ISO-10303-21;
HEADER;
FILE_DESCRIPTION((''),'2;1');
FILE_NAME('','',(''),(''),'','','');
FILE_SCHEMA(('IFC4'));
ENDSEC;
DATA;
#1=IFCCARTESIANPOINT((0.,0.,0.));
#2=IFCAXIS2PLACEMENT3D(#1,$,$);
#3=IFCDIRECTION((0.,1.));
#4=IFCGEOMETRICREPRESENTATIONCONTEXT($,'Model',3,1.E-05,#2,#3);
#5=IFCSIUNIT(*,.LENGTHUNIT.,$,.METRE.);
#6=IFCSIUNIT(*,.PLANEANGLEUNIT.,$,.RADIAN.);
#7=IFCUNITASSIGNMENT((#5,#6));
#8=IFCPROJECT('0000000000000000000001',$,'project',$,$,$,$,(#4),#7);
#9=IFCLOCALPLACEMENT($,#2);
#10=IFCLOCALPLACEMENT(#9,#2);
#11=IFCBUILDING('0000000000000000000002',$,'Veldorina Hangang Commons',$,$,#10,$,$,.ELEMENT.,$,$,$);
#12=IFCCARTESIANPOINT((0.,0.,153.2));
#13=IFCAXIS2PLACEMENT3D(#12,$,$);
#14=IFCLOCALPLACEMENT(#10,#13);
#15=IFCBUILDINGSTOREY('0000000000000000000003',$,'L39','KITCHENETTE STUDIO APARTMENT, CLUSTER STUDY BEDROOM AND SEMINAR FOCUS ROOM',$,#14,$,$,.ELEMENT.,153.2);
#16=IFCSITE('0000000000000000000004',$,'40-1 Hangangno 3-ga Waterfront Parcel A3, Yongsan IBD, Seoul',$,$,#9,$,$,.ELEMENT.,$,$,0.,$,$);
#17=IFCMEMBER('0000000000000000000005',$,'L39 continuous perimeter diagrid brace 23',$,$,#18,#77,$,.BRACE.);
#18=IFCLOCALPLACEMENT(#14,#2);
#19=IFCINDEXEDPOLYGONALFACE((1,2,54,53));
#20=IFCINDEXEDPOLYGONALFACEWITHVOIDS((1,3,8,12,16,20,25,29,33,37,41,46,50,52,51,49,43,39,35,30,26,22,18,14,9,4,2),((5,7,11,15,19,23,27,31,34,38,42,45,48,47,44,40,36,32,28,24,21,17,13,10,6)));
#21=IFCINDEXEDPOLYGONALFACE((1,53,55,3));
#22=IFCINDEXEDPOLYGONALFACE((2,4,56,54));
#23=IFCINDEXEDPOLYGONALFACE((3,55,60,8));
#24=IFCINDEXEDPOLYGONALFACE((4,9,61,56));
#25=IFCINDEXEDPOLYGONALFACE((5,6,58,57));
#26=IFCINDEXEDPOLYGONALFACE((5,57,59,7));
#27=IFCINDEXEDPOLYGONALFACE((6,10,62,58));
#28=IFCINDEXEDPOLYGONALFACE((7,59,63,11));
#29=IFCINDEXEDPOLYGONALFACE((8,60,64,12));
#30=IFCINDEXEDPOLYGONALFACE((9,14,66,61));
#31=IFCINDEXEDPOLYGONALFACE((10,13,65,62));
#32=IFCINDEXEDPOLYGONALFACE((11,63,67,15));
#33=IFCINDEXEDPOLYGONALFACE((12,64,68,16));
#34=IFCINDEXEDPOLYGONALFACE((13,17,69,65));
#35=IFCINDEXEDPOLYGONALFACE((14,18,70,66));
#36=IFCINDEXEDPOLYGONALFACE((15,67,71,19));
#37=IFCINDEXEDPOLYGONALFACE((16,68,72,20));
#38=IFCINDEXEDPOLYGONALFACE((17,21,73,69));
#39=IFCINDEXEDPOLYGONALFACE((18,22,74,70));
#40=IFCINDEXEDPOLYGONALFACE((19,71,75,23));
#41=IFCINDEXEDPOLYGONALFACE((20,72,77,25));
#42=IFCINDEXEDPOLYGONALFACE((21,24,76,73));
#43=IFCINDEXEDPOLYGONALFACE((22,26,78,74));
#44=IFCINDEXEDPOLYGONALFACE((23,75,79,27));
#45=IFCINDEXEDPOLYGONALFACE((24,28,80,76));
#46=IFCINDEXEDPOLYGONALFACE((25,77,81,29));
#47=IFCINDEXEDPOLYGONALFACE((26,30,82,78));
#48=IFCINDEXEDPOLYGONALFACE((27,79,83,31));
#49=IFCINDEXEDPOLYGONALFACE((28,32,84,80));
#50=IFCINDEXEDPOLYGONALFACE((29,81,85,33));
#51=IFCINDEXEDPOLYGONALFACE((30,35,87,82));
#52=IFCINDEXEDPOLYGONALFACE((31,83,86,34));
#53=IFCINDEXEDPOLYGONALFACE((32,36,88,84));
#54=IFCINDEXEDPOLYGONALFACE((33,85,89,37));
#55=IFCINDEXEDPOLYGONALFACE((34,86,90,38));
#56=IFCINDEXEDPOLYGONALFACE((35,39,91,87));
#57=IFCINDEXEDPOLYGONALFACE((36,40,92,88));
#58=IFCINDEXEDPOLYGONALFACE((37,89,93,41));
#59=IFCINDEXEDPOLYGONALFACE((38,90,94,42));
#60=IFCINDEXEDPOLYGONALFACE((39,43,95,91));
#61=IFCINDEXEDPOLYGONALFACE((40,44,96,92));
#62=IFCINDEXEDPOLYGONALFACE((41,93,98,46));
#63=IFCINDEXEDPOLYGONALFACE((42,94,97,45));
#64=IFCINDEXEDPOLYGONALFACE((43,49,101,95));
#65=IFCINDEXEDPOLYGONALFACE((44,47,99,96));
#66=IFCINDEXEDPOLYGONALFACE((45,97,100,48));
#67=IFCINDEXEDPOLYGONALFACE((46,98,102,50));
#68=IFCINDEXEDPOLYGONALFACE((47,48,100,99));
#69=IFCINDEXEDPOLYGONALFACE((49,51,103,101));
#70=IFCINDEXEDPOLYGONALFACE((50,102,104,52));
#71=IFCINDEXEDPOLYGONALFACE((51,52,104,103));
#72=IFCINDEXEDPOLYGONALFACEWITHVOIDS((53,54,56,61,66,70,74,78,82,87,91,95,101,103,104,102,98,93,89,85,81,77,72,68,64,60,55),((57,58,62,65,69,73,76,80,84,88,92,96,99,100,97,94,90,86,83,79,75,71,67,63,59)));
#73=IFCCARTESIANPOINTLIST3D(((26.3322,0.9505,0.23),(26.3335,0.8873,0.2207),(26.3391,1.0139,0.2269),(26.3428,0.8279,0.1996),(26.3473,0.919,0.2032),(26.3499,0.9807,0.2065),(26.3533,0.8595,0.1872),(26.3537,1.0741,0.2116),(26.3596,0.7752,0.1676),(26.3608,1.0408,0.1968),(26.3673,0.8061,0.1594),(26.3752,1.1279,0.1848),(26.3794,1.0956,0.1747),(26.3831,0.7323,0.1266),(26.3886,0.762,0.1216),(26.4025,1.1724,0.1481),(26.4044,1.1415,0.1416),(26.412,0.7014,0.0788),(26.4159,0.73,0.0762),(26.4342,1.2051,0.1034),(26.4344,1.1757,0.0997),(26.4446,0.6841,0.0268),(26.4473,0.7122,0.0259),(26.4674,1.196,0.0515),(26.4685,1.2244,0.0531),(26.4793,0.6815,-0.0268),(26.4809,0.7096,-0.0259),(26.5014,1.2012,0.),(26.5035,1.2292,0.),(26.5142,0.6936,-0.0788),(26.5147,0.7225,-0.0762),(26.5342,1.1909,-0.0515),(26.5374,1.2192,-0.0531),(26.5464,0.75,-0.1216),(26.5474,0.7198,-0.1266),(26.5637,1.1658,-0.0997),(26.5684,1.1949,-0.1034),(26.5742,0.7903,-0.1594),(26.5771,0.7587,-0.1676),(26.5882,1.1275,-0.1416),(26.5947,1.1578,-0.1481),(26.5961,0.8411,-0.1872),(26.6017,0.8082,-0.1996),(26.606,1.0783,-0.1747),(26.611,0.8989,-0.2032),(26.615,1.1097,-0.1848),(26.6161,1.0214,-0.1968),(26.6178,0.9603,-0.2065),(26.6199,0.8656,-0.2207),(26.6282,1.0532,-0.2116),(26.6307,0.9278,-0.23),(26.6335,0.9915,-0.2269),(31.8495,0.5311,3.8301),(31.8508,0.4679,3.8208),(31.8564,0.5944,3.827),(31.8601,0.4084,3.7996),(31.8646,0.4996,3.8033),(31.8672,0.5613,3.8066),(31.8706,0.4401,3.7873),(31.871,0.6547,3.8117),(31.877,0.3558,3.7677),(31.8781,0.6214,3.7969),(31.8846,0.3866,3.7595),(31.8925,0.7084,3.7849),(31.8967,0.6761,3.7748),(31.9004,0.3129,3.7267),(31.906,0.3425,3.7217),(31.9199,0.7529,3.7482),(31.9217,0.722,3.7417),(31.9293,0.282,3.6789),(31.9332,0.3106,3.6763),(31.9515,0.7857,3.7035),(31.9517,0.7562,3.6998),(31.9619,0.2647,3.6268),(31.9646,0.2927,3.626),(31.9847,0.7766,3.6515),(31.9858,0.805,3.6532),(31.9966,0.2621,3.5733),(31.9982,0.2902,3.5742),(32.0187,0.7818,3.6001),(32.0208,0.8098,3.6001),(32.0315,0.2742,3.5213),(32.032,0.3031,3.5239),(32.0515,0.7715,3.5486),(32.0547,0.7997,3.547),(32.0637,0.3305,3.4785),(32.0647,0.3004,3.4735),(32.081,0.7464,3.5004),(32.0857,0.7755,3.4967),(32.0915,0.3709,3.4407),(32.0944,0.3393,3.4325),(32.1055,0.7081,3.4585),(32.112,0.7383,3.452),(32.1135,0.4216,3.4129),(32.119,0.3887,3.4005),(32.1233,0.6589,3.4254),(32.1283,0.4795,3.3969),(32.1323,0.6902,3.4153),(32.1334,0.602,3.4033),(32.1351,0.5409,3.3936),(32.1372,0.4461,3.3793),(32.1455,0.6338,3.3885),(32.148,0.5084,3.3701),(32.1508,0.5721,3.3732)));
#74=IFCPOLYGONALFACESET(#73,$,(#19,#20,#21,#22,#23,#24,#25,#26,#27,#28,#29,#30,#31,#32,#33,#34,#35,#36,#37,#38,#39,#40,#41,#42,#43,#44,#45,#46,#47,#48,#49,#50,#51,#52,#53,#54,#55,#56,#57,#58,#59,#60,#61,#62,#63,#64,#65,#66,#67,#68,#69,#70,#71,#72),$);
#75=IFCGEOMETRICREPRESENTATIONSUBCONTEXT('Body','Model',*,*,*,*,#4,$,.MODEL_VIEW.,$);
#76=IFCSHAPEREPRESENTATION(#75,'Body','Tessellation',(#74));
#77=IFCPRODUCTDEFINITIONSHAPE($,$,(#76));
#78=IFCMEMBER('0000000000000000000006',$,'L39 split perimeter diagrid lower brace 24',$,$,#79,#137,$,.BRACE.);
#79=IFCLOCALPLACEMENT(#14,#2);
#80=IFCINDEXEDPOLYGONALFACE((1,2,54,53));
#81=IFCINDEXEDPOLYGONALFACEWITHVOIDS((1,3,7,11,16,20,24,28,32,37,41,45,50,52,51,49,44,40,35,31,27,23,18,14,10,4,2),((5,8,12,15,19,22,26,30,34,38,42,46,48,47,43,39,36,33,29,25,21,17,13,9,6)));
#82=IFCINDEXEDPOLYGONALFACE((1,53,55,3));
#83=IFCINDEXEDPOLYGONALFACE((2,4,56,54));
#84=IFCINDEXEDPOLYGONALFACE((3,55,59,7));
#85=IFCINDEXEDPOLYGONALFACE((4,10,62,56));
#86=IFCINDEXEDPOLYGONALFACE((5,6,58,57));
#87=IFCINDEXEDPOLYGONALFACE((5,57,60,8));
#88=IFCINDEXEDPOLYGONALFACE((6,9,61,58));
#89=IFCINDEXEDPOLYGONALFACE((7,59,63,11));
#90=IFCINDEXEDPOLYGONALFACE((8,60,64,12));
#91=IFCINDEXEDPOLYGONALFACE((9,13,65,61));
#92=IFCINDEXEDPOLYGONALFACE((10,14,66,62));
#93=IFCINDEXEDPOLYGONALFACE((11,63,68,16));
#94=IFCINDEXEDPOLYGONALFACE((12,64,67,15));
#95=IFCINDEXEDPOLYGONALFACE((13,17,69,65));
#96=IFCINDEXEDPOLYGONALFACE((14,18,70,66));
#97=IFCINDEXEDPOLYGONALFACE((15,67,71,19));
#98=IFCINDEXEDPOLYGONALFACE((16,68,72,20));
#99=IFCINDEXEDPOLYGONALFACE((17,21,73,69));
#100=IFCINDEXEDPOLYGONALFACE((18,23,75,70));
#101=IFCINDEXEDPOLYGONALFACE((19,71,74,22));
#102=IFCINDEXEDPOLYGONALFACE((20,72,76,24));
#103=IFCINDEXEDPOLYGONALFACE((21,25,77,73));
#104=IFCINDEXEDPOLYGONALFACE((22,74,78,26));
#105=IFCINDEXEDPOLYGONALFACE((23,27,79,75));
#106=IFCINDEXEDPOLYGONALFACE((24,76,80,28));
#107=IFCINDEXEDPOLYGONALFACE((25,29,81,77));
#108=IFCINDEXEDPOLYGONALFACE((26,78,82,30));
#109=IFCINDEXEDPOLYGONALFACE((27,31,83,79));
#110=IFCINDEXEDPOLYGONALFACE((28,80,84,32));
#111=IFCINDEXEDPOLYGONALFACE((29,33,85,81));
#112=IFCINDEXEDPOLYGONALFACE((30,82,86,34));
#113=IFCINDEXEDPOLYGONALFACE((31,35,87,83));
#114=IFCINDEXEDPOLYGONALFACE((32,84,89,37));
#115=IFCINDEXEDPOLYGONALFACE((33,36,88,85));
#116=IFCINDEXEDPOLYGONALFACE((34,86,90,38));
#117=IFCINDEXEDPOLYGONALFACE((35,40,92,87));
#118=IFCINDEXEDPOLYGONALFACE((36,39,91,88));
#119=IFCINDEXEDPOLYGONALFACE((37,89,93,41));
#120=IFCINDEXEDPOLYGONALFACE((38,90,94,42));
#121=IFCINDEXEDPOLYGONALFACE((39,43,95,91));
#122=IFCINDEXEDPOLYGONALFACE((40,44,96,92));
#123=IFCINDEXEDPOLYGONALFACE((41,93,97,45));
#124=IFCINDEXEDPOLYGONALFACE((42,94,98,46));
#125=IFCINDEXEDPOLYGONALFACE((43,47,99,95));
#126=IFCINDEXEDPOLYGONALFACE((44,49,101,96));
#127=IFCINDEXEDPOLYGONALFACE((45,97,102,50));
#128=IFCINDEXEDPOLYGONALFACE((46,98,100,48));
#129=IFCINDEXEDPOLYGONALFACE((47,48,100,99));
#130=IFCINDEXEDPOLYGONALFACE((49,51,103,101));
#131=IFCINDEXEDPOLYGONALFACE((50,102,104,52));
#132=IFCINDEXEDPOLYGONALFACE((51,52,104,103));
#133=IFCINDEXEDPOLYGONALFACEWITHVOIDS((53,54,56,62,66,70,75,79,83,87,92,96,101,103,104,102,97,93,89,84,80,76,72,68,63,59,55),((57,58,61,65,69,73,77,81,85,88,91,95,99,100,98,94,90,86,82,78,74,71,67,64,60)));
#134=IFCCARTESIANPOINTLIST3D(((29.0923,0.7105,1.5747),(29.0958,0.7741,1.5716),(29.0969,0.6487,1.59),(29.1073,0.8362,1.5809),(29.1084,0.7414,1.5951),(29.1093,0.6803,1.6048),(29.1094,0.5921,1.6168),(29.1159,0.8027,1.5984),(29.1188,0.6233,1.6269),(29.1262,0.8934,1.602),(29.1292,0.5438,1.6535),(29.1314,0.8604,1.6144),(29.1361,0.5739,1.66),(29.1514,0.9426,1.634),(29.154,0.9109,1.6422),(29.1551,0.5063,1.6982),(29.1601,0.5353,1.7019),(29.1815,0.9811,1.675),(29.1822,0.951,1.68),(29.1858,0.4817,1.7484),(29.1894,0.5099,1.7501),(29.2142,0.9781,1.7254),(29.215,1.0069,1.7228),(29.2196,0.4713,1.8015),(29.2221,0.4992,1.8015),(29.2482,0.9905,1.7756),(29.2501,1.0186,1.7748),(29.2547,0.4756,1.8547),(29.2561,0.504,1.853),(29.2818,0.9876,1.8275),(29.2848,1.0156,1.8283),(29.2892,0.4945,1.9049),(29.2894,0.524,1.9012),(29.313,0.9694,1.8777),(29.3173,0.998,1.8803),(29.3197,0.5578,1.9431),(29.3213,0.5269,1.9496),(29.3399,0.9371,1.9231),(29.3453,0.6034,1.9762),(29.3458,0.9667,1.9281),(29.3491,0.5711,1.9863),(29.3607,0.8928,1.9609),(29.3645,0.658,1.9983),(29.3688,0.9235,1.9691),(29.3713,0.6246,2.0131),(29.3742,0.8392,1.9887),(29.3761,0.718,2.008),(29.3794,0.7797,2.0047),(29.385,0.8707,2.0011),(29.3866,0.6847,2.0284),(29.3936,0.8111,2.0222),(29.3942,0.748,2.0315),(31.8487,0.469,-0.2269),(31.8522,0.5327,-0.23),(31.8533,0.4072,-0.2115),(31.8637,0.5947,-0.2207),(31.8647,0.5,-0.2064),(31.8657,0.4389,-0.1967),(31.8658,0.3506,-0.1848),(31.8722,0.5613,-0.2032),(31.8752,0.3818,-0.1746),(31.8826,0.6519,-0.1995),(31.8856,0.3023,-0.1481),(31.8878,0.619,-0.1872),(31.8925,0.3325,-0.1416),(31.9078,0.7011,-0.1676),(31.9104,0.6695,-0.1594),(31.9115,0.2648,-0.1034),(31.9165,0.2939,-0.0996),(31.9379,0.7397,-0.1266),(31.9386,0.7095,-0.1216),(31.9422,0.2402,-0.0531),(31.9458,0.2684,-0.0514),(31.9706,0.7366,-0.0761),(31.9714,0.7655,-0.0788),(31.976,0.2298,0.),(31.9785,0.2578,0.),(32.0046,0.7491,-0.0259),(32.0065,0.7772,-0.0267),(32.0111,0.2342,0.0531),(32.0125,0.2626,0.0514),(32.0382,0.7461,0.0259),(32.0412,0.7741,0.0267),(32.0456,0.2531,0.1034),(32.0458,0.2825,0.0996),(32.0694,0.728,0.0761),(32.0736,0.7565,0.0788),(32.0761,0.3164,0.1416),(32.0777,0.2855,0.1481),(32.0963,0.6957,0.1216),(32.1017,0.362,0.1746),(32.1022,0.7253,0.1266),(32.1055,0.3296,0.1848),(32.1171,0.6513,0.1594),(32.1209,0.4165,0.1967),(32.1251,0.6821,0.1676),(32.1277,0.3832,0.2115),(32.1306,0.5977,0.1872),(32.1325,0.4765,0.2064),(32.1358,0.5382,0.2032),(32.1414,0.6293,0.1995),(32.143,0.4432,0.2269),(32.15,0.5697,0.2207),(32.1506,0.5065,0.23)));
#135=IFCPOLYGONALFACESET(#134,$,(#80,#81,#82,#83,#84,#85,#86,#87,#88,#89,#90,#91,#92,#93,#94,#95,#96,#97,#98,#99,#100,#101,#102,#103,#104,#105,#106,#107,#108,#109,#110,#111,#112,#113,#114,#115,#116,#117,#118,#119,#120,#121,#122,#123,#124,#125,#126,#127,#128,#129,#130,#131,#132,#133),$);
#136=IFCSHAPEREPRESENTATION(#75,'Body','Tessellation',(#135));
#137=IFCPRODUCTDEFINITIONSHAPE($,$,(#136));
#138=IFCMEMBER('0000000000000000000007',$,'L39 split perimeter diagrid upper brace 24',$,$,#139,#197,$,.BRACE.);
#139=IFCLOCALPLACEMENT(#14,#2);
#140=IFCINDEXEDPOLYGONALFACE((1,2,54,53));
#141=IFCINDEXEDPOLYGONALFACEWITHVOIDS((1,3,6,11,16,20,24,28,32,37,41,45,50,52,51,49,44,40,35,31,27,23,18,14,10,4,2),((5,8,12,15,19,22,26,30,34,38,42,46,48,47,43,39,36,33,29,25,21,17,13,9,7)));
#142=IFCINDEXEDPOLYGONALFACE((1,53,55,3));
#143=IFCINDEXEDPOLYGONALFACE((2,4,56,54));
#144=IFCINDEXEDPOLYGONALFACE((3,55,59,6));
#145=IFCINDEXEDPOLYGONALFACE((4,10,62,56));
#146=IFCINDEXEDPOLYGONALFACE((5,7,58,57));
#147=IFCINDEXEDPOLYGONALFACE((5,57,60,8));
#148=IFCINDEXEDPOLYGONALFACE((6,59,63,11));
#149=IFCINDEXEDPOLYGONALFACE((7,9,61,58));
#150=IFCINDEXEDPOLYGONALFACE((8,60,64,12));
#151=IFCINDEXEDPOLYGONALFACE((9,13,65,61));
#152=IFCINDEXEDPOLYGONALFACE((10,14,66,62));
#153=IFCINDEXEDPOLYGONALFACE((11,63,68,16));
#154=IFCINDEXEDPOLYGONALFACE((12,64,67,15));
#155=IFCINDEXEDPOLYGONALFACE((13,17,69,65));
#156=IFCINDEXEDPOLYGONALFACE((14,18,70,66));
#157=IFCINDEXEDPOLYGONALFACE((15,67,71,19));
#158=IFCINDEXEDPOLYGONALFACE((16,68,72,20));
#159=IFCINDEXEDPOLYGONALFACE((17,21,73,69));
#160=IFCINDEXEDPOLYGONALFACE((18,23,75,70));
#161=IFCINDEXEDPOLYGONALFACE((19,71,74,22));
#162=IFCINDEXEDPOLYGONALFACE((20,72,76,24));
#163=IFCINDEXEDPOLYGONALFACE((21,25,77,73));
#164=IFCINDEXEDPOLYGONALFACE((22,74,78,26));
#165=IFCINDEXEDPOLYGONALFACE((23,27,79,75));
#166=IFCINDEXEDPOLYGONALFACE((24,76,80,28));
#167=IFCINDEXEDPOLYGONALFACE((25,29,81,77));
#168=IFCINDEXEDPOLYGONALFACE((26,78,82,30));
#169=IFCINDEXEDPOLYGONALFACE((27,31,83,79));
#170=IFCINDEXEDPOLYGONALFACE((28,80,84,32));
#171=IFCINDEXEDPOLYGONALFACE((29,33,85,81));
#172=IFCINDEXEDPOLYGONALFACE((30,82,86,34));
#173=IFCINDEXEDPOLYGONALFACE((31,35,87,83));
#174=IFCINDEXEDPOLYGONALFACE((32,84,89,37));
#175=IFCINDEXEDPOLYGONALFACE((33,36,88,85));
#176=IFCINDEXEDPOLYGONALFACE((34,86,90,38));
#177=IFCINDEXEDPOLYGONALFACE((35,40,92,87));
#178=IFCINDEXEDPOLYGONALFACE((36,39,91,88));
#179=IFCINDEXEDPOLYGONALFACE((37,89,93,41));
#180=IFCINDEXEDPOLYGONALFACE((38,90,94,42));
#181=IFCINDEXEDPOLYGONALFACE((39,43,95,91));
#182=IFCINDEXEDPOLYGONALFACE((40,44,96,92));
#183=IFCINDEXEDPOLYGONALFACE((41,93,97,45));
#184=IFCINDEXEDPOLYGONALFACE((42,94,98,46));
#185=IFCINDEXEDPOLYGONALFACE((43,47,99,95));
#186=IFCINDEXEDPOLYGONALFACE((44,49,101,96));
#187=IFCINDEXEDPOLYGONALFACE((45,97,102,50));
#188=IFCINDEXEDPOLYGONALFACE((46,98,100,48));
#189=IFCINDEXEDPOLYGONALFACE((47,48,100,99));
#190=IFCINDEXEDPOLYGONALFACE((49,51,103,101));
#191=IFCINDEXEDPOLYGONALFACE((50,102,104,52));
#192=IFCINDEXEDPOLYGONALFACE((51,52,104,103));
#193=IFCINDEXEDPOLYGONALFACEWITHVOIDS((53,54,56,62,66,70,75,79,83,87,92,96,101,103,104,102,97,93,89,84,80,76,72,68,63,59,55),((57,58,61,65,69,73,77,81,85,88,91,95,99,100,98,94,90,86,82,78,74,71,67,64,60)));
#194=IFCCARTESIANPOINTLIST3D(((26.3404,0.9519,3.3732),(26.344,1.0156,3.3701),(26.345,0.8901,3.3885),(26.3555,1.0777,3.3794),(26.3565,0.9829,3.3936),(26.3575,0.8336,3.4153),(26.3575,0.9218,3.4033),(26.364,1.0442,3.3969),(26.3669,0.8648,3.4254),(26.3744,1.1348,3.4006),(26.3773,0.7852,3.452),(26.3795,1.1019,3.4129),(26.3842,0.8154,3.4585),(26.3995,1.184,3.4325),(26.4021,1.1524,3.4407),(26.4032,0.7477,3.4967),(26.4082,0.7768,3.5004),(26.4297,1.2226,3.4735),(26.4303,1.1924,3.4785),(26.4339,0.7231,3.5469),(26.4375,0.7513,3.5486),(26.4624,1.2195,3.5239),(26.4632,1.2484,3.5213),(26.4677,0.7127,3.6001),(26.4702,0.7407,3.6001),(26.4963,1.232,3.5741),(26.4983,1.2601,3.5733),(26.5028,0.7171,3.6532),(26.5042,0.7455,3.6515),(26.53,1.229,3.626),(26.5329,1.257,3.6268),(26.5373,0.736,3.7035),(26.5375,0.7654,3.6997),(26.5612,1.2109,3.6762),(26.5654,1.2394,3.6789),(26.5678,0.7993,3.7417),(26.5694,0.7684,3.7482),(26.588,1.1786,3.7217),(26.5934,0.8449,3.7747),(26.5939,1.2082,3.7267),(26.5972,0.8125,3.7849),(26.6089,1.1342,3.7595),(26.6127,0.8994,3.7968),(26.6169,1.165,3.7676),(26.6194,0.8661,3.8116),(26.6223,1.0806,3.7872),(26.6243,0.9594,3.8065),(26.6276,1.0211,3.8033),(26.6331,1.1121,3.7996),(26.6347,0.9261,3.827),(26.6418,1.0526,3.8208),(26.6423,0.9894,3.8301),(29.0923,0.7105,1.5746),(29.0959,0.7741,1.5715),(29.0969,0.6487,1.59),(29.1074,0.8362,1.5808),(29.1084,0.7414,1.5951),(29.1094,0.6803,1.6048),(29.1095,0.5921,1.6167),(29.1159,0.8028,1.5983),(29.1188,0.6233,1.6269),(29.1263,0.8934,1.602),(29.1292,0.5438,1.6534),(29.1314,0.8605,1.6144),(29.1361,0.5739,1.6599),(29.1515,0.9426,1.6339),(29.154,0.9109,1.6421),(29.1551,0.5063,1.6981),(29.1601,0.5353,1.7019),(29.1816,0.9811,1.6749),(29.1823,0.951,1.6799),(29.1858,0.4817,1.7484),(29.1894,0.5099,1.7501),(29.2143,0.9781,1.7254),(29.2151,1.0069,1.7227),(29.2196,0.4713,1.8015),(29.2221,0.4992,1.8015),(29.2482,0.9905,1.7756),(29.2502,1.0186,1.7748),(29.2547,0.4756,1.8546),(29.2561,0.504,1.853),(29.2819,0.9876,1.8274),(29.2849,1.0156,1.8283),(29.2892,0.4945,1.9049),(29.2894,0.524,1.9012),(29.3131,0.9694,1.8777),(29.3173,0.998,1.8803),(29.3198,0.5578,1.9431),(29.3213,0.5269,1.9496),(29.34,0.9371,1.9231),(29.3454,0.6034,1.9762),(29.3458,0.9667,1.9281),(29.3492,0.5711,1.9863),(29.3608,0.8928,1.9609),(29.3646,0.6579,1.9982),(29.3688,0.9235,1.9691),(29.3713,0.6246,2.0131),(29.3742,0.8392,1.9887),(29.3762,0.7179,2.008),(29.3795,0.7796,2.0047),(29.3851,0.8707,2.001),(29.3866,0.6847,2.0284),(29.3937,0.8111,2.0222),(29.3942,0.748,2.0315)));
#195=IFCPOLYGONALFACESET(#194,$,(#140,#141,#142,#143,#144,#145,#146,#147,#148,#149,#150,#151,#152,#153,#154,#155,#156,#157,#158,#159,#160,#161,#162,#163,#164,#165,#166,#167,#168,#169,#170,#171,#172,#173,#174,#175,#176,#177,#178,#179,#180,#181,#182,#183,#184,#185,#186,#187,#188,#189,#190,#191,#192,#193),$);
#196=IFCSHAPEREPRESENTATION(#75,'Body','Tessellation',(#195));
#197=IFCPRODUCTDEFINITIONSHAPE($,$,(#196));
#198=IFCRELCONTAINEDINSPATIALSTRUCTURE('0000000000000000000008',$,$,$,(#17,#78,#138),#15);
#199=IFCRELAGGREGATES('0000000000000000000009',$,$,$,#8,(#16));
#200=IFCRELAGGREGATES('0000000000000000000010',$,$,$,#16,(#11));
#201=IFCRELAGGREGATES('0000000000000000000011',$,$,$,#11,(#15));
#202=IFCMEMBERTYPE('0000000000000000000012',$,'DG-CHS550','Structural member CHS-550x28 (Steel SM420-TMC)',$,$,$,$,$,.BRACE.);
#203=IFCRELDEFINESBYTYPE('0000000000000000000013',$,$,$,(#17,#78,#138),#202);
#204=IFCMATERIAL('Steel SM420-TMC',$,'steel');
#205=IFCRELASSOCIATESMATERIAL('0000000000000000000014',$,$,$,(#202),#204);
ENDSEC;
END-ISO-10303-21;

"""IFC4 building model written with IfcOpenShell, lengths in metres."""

from ifc_helpers import new_model, si_unit, direction, frame, origin, origin_2d, place, context, subcontext, project, spatial, hollow_circle, extrude, material, material_profile, profile_set, type_object, element, save


model = new_model("IFC4")

# Units and contexts
model_context = context("Model", 3, precision=1e-05, world=origin(), true_north=direction((0.0, 1.0)))
body_context = subcontext(model_context, "Body", "Model", "MODEL_VIEW")
ifc_project = project(units=[si_unit("LENGTHUNIT", "METRE"), si_unit("PLANEANGLEUNIT", "RADIAN")], contexts=[model_context])

# Site, building, storey
site_placement = place(None, origin())
site = spatial("IfcSite", under=ifc_project, at=site_placement, Name="40-1 Hangangno 3-ga Waterfront Parcel A3, Yongsan IBD, Seoul", CompositionType="ELEMENT", RefElevation=0.0)
building_placement = place(site_placement, origin())
building = spatial("IfcBuilding", under=site, at=building_placement, Name="Veldorina Hangang Commons", CompositionType="ELEMENT")
storey_placement = place(building_placement, frame((0.0, 0.0, 153.2)))
storey = spatial("IfcBuildingStorey", under=building, at=storey_placement, Name="L39", Description="KITCHENETTE STUDIO APARTMENT, CLUSTER STUDY BEDROOM AND SEMINAR FOCUS ROOM", CompositionType="ELEMENT", Elevation=153.2)

# Shared definitions
ifc_material_1 = material(Name="Steel SM420-TMC", Category="steel")

# Members
ifc_material_profile_1 = material_profile(ifc_material_1, hollow_circle(Radius=0.2749, WallThickness=0.0281, at=origin_2d()), Name="CHS-550x28")
ifc_profile_set_1 = profile_set([ifc_material_profile_1], Name="Steel SM420-TMC")
member_type_1 = type_object("IfcMemberType", Name="DG-CHS550", Description="Structural member CHS-550x28 (Steel SM420-TMC)", PredefinedType="BRACE", material=ifc_profile_set_1)
member_1_placement = place(storey_placement, frame((26.4827, 0.9551, 0.0), z_axis=(0.835791, -0.063538, 0.545359), x_axis=(0.075802, 0.997123, 0.0)))
element("IfcMember", 1, at=member_1_placement, inside=storey, type_object=member_type_1, Name="L39 continuous perimeter diagrid brace 23", PredefinedType="BRACE", context=body_context, shape_type="SweptSolid", body=[
    extrude(hollow_circle(Radius=0.2749, WallThickness=0.0281, at=origin_2d()), origin(), (0.0, 0.0, 1.0), 6.6013),
])
member_2_placement = place(storey_placement, frame((32.0, 0.5037, 0.0), z_axis=(-0.834828, 0.073131, 0.545633), x_axis=(-0.087265, -0.996185, 0.0)))
element("IfcMember", 2, at=member_2_placement, inside=storey, type_object=member_type_1, Name="L39 split perimeter diagrid lower brace 24", PredefinedType="BRACE", context=body_context, shape_type="SweptSolid", body=[
    extrude(hollow_circle(Radius=0.2749, WallThickness=0.0281, at=origin_2d()), origin(), (0.0, 0.0, 1.0), 3.3018),
])
member_3_placement = place(storey_placement, frame((29.2437, 0.7451, 1.8015), z_axis=(-0.834828, 0.073247, 0.545616), x_axis=(-0.087404, -0.996173, 0.0)))
element("IfcMember", 3, at=member_3_placement, inside=storey, type_object=member_type_1, Name="L39 split perimeter diagrid upper brace 24", PredefinedType="BRACE", context=body_context, shape_type="SweptSolid", body=[
    extrude(hollow_circle(Radius=0.2749, WallThickness=0.0281, at=origin_2d()), origin(), (0.0, 0.0, 1.0), 3.2964),
])

save(model, "model.ifc")
